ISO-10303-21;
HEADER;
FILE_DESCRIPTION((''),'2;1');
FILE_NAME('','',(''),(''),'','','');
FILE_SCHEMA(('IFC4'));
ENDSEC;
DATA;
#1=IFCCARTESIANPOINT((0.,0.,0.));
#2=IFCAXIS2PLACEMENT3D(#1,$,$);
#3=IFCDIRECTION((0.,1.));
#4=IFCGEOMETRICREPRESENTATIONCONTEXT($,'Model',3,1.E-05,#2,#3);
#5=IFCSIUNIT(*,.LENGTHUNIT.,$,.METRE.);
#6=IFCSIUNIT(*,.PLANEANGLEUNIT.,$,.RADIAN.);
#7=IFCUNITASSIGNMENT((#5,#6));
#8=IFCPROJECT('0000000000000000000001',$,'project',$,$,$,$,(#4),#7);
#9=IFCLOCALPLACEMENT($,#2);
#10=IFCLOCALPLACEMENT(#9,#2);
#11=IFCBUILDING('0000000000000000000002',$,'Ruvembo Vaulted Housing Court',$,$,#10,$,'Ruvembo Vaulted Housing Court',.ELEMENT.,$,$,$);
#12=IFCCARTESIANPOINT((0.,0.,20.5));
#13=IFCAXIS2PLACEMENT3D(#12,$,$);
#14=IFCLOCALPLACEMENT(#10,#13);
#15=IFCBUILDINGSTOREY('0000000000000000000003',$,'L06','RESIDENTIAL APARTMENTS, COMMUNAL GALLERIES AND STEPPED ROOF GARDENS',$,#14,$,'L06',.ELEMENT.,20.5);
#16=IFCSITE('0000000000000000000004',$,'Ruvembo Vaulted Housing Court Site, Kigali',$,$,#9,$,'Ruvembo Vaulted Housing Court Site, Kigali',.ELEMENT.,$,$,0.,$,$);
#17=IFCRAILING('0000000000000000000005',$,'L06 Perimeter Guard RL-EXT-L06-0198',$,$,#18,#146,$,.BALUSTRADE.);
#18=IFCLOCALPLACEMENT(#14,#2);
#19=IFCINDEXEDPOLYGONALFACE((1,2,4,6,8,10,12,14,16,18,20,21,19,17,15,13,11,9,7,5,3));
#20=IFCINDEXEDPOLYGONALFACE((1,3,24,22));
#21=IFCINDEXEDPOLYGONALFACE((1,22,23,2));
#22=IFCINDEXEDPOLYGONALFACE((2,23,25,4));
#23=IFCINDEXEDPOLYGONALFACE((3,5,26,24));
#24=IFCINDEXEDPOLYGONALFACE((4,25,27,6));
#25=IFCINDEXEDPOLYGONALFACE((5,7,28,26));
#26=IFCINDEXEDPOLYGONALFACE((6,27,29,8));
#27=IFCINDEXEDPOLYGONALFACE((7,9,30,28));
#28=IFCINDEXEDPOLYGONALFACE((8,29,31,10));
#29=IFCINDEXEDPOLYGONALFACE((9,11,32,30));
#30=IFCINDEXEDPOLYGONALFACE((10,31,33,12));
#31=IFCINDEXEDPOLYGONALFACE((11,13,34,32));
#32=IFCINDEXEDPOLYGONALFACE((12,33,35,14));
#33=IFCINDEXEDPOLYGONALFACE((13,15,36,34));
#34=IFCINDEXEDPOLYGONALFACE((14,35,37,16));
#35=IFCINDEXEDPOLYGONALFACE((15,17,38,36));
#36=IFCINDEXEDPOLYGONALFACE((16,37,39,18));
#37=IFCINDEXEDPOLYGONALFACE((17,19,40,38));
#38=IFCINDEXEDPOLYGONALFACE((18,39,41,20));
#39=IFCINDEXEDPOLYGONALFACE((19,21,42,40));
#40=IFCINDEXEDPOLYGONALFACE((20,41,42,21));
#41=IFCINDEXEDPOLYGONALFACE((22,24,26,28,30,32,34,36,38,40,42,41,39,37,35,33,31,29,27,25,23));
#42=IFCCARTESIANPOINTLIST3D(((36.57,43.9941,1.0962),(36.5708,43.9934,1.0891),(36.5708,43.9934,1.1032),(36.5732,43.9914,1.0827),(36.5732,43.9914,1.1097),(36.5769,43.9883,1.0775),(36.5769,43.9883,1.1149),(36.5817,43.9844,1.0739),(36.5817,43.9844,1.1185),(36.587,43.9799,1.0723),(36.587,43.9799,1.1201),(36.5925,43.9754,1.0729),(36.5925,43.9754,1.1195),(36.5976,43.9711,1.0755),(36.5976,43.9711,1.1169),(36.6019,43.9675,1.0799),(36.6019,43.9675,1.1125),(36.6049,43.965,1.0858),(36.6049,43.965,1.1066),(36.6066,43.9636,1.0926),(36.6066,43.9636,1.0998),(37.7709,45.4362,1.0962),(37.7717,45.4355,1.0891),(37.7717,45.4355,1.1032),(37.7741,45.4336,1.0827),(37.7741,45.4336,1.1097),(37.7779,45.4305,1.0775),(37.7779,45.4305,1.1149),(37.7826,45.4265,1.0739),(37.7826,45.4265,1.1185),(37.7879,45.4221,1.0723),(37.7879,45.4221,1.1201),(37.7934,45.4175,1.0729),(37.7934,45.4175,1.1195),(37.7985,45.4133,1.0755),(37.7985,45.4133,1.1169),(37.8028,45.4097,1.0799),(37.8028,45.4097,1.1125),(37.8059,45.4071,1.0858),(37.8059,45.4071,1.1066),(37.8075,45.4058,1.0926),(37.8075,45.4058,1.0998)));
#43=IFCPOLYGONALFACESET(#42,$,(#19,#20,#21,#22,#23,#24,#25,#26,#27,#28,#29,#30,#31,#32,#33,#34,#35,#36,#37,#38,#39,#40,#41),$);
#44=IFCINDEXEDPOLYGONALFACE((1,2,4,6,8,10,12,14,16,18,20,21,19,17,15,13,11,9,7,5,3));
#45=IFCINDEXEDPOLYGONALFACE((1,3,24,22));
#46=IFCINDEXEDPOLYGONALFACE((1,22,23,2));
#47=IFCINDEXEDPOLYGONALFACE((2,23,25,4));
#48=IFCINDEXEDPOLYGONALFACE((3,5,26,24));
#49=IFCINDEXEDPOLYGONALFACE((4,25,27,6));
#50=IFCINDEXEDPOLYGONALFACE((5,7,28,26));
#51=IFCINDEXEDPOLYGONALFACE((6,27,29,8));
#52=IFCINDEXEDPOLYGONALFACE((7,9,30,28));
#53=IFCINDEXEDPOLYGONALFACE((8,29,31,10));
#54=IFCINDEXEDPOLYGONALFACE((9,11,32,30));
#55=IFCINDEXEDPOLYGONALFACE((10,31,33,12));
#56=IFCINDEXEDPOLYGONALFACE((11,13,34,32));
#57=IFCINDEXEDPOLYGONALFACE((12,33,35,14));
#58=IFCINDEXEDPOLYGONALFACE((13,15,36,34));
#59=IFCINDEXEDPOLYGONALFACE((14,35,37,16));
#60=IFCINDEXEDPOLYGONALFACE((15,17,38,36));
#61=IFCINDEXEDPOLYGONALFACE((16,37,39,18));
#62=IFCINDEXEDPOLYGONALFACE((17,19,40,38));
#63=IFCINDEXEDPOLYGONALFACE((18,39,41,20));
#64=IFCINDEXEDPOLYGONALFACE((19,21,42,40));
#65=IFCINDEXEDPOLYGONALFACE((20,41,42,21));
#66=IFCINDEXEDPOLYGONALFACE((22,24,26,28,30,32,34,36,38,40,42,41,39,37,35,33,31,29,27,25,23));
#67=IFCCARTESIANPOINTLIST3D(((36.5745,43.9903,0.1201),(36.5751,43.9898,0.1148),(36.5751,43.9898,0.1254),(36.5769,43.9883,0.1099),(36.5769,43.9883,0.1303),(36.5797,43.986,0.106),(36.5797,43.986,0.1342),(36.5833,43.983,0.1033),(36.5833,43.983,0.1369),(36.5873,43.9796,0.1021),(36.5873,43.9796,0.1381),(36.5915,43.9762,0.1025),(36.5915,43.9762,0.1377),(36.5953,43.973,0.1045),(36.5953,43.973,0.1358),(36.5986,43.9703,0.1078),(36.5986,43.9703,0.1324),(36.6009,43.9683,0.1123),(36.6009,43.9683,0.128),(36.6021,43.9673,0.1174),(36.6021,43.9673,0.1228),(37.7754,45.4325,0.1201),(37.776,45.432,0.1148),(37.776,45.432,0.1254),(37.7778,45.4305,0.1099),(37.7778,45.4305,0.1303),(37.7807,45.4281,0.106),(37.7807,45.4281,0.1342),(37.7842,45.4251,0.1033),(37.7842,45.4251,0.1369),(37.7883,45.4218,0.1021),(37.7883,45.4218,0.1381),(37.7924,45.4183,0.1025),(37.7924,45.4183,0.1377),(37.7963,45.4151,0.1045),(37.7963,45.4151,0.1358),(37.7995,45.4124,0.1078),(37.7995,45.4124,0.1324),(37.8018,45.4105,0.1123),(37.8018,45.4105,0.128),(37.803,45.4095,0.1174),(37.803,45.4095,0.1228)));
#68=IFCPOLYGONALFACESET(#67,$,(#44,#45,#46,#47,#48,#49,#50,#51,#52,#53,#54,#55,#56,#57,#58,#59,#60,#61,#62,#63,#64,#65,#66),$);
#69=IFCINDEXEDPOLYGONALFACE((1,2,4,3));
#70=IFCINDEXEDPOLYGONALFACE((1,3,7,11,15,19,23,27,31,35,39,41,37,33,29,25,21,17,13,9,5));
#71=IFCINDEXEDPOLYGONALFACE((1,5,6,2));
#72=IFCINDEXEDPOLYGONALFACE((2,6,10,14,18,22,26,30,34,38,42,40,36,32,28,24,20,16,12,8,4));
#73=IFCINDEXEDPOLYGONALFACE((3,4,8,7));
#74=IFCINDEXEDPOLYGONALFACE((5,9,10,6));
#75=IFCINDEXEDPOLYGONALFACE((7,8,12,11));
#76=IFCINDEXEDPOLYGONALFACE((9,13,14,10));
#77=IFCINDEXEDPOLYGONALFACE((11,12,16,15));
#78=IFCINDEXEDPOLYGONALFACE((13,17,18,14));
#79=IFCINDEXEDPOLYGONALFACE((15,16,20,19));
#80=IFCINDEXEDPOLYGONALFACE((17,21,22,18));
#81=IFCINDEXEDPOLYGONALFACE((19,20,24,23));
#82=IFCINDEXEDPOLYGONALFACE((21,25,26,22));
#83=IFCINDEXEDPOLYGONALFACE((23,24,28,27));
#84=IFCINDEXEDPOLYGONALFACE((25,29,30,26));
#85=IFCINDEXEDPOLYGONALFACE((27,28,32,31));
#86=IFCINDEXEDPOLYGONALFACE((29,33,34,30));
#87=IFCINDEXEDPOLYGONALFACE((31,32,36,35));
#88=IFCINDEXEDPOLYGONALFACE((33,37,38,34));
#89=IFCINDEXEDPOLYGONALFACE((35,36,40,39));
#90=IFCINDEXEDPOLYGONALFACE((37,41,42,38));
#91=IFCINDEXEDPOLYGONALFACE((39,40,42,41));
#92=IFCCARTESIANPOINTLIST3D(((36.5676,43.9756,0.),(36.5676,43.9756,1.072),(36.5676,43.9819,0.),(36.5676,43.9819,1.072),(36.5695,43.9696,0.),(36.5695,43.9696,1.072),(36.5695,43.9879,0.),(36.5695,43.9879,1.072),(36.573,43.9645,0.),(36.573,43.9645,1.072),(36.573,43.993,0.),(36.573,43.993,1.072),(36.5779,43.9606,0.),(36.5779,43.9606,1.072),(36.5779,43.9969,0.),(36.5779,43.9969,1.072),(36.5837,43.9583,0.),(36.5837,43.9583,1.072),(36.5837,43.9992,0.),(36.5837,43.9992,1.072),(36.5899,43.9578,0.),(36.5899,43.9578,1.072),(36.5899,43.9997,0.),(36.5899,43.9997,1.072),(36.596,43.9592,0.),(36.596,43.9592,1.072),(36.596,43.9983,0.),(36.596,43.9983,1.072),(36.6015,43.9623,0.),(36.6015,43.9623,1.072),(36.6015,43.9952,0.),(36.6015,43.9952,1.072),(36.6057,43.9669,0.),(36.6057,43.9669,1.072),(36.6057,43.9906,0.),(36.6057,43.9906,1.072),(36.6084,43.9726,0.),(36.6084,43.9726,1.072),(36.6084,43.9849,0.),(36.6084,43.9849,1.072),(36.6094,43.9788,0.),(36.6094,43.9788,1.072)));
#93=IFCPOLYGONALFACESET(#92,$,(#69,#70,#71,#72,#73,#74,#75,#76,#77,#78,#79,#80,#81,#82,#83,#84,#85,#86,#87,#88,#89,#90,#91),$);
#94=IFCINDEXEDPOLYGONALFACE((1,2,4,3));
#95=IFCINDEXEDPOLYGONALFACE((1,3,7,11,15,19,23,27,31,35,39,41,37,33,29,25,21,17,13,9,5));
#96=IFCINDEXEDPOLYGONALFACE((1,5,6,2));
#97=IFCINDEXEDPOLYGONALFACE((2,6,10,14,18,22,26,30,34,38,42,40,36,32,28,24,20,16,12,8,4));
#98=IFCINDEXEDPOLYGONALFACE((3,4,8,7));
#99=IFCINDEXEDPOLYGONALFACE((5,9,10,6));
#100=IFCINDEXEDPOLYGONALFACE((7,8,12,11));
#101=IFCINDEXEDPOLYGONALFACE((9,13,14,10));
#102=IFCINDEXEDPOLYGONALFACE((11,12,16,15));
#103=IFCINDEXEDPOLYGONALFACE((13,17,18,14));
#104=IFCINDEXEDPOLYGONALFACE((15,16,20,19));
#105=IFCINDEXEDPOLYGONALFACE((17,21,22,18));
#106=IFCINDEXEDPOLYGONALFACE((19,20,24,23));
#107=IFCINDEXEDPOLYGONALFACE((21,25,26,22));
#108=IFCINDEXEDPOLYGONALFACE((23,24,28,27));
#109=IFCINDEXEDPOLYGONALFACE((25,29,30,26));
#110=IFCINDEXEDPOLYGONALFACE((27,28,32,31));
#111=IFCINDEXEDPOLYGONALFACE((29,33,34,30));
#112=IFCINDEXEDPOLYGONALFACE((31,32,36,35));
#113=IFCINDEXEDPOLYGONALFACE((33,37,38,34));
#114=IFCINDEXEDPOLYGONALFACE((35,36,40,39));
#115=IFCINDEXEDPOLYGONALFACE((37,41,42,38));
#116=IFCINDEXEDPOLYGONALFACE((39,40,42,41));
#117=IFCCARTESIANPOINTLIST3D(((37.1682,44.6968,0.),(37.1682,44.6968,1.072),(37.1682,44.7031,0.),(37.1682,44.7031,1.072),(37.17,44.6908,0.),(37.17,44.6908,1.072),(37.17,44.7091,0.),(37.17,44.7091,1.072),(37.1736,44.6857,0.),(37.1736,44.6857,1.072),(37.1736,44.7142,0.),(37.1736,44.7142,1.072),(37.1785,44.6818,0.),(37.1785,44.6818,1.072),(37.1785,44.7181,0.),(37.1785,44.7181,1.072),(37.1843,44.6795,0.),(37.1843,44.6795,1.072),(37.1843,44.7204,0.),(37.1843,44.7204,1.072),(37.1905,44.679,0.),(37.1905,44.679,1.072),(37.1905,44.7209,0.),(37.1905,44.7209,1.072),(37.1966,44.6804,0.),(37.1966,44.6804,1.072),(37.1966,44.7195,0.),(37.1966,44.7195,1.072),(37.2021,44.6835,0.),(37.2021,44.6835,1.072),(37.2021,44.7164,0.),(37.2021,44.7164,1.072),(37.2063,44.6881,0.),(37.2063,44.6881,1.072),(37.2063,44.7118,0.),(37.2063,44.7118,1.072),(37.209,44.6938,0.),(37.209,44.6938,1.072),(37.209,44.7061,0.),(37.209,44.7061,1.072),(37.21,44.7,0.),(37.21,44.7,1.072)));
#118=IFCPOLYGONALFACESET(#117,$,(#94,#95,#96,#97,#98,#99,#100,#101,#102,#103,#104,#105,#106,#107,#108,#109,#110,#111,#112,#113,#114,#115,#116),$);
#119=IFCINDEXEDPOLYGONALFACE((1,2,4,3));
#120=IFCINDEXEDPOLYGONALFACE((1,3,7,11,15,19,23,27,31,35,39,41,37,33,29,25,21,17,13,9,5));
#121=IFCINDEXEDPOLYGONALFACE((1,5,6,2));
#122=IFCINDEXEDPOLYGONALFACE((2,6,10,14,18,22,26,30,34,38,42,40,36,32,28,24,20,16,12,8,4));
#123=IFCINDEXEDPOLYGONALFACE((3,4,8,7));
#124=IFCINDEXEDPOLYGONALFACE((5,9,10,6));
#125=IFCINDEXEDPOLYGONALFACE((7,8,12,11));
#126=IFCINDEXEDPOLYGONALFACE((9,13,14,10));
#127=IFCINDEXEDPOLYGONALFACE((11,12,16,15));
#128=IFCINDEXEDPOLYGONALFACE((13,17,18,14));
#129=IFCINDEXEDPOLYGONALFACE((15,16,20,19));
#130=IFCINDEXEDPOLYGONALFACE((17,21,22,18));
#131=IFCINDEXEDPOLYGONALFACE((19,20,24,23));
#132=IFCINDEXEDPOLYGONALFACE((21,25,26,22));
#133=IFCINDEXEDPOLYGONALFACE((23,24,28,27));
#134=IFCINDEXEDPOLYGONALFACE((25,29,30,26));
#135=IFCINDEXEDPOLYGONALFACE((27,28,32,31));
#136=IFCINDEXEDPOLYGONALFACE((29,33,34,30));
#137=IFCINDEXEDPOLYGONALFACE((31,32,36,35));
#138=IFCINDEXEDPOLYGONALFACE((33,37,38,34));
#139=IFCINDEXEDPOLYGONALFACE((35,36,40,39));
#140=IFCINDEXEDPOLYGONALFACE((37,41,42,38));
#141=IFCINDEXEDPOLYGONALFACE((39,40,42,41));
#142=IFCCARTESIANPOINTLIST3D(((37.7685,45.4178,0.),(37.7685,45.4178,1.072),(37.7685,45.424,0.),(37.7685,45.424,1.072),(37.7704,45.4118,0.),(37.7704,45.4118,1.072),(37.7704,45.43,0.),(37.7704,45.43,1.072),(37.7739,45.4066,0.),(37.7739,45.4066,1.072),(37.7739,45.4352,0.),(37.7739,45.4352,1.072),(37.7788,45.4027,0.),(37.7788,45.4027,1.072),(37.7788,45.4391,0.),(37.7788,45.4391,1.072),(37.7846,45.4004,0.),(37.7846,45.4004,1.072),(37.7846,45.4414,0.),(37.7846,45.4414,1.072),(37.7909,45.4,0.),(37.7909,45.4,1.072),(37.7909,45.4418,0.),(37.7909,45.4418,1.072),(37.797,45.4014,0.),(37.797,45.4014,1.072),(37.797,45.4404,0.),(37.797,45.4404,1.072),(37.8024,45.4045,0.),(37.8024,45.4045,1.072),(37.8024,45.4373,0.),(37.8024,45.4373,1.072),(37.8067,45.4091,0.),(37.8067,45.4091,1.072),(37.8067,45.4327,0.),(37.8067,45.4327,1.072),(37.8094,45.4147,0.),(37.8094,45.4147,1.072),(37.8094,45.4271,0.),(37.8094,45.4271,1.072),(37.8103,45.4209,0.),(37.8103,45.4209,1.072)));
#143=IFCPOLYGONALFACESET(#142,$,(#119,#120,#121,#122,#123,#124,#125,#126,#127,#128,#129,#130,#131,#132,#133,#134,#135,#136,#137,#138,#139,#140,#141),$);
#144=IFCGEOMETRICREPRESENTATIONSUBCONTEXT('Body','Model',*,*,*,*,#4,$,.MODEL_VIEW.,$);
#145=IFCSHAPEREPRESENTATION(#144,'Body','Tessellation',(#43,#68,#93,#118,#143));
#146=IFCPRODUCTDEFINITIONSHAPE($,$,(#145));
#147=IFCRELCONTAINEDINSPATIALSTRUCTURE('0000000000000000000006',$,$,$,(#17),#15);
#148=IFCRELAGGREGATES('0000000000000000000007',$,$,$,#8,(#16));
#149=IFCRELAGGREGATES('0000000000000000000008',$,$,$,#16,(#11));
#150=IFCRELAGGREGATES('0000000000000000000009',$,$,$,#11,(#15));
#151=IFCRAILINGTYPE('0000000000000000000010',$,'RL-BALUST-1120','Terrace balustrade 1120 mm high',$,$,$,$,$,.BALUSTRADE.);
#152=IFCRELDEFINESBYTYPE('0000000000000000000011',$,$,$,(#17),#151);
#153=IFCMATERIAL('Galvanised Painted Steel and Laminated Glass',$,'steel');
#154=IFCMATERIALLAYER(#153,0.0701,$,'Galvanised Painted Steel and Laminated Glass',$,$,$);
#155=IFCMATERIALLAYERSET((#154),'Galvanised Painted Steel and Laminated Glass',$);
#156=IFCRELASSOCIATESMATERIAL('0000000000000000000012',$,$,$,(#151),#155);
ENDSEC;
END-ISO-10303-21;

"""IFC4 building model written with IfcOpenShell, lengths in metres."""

from ifc_helpers import new_model, si_unit, direction, frame, origin, origin_2d, place, context, subcontext, project, spatial, circle, extrude, material, layer, layer_set, type_object, element, save


model = new_model("IFC4")

# Units and contexts
model_context = context("Model", 3, precision=1e-05, world=origin(), true_north=direction((0.0, 1.0)))
body_context = subcontext(model_context, "Body", "Model", "MODEL_VIEW")
ifc_project = project(units=[si_unit("LENGTHUNIT", "METRE"), si_unit("PLANEANGLEUNIT", "RADIAN")], contexts=[model_context])

# Site, building, storey
site_placement = place(None, origin())
site = spatial("IfcSite", under=ifc_project, at=site_placement, Name="Ruvembo Vaulted Housing Court Site, Kigali", LongName="Ruvembo Vaulted Housing Court Site, Kigali", CompositionType="ELEMENT", RefElevation=0.0)
building_placement = place(site_placement, origin())
building = spatial("IfcBuilding", under=site, at=building_placement, Name="Ruvembo Vaulted Housing Court", LongName="Ruvembo Vaulted Housing Court", CompositionType="ELEMENT")
storey_placement = place(building_placement, frame((0.0, 0.0, 20.5)))
storey = spatial("IfcBuildingStorey", under=building, at=storey_placement, Name="L06", Description="RESIDENTIAL APARTMENTS, COMMUNAL GALLERIES AND STEPPED ROOF GARDENS", LongName="L06", CompositionType="ELEMENT", Elevation=20.5)

# Railing
ifc_material_1 = material(Name="Galvanised Painted Steel and Laminated Glass", Category="steel")
ifc_layer_1 = layer(ifc_material_1, 0.0701, Name="Galvanised Painted Steel and Laminated Glass")
ifc_layer_set_1 = layer_set([ifc_layer_1], Name="Galvanised Painted Steel and Laminated Glass")
railing_type = type_object("IfcRailingType", Name="RL-BALUST-1120", Description="Terrace balustrade 1120 mm high", PredefinedType="BALUSTRADE", material=ifc_layer_set_1)
railing_1_placement = place(storey_placement, frame((36.5884, 43.9788, 0.0)))
element("IfcRailing", 1, at=railing_1_placement, inside=storey, type_object=railing_type, Name="L06 Perimeter Guard RL-EXT-L06-0198", PredefinedType="BALUSTRADE", context=body_context, shape_type="SweptSolid", body=[
    extrude(circle(Radius=0.0239, at=origin_2d()), frame((0.0, 0.0, 1.0962), z_axis=(0.639916, 0.768445, 0.0), x_axis=(-0.768445, 0.639916, 0.0)), (0.0, 0.0, 1.0), 1.8767),
    extrude(circle(Radius=0.0181, at=origin_2d()), frame((0.0, 0.0, 0.1201), z_axis=(0.639916, 0.768445, 0.0), x_axis=(-0.768445, 0.639916, 0.0)), (0.0, 0.0, 1.0), 1.8767),
    extrude(circle(Radius=0.021, at=origin_2d()), origin(), (0.0, 0.0, 1.0), 1.072),
    extrude(circle(Radius=0.021, at=origin_2d()), frame((0.6006, 0.7212, 0.0)), (0.0, 0.0, 1.0), 1.072),
    extrude(circle(Radius=0.021, at=origin_2d()), frame((1.2009, 1.4421, 0.0)), (0.0, 0.0, 1.0), 1.072),
])

save(model, "model.ifc")
